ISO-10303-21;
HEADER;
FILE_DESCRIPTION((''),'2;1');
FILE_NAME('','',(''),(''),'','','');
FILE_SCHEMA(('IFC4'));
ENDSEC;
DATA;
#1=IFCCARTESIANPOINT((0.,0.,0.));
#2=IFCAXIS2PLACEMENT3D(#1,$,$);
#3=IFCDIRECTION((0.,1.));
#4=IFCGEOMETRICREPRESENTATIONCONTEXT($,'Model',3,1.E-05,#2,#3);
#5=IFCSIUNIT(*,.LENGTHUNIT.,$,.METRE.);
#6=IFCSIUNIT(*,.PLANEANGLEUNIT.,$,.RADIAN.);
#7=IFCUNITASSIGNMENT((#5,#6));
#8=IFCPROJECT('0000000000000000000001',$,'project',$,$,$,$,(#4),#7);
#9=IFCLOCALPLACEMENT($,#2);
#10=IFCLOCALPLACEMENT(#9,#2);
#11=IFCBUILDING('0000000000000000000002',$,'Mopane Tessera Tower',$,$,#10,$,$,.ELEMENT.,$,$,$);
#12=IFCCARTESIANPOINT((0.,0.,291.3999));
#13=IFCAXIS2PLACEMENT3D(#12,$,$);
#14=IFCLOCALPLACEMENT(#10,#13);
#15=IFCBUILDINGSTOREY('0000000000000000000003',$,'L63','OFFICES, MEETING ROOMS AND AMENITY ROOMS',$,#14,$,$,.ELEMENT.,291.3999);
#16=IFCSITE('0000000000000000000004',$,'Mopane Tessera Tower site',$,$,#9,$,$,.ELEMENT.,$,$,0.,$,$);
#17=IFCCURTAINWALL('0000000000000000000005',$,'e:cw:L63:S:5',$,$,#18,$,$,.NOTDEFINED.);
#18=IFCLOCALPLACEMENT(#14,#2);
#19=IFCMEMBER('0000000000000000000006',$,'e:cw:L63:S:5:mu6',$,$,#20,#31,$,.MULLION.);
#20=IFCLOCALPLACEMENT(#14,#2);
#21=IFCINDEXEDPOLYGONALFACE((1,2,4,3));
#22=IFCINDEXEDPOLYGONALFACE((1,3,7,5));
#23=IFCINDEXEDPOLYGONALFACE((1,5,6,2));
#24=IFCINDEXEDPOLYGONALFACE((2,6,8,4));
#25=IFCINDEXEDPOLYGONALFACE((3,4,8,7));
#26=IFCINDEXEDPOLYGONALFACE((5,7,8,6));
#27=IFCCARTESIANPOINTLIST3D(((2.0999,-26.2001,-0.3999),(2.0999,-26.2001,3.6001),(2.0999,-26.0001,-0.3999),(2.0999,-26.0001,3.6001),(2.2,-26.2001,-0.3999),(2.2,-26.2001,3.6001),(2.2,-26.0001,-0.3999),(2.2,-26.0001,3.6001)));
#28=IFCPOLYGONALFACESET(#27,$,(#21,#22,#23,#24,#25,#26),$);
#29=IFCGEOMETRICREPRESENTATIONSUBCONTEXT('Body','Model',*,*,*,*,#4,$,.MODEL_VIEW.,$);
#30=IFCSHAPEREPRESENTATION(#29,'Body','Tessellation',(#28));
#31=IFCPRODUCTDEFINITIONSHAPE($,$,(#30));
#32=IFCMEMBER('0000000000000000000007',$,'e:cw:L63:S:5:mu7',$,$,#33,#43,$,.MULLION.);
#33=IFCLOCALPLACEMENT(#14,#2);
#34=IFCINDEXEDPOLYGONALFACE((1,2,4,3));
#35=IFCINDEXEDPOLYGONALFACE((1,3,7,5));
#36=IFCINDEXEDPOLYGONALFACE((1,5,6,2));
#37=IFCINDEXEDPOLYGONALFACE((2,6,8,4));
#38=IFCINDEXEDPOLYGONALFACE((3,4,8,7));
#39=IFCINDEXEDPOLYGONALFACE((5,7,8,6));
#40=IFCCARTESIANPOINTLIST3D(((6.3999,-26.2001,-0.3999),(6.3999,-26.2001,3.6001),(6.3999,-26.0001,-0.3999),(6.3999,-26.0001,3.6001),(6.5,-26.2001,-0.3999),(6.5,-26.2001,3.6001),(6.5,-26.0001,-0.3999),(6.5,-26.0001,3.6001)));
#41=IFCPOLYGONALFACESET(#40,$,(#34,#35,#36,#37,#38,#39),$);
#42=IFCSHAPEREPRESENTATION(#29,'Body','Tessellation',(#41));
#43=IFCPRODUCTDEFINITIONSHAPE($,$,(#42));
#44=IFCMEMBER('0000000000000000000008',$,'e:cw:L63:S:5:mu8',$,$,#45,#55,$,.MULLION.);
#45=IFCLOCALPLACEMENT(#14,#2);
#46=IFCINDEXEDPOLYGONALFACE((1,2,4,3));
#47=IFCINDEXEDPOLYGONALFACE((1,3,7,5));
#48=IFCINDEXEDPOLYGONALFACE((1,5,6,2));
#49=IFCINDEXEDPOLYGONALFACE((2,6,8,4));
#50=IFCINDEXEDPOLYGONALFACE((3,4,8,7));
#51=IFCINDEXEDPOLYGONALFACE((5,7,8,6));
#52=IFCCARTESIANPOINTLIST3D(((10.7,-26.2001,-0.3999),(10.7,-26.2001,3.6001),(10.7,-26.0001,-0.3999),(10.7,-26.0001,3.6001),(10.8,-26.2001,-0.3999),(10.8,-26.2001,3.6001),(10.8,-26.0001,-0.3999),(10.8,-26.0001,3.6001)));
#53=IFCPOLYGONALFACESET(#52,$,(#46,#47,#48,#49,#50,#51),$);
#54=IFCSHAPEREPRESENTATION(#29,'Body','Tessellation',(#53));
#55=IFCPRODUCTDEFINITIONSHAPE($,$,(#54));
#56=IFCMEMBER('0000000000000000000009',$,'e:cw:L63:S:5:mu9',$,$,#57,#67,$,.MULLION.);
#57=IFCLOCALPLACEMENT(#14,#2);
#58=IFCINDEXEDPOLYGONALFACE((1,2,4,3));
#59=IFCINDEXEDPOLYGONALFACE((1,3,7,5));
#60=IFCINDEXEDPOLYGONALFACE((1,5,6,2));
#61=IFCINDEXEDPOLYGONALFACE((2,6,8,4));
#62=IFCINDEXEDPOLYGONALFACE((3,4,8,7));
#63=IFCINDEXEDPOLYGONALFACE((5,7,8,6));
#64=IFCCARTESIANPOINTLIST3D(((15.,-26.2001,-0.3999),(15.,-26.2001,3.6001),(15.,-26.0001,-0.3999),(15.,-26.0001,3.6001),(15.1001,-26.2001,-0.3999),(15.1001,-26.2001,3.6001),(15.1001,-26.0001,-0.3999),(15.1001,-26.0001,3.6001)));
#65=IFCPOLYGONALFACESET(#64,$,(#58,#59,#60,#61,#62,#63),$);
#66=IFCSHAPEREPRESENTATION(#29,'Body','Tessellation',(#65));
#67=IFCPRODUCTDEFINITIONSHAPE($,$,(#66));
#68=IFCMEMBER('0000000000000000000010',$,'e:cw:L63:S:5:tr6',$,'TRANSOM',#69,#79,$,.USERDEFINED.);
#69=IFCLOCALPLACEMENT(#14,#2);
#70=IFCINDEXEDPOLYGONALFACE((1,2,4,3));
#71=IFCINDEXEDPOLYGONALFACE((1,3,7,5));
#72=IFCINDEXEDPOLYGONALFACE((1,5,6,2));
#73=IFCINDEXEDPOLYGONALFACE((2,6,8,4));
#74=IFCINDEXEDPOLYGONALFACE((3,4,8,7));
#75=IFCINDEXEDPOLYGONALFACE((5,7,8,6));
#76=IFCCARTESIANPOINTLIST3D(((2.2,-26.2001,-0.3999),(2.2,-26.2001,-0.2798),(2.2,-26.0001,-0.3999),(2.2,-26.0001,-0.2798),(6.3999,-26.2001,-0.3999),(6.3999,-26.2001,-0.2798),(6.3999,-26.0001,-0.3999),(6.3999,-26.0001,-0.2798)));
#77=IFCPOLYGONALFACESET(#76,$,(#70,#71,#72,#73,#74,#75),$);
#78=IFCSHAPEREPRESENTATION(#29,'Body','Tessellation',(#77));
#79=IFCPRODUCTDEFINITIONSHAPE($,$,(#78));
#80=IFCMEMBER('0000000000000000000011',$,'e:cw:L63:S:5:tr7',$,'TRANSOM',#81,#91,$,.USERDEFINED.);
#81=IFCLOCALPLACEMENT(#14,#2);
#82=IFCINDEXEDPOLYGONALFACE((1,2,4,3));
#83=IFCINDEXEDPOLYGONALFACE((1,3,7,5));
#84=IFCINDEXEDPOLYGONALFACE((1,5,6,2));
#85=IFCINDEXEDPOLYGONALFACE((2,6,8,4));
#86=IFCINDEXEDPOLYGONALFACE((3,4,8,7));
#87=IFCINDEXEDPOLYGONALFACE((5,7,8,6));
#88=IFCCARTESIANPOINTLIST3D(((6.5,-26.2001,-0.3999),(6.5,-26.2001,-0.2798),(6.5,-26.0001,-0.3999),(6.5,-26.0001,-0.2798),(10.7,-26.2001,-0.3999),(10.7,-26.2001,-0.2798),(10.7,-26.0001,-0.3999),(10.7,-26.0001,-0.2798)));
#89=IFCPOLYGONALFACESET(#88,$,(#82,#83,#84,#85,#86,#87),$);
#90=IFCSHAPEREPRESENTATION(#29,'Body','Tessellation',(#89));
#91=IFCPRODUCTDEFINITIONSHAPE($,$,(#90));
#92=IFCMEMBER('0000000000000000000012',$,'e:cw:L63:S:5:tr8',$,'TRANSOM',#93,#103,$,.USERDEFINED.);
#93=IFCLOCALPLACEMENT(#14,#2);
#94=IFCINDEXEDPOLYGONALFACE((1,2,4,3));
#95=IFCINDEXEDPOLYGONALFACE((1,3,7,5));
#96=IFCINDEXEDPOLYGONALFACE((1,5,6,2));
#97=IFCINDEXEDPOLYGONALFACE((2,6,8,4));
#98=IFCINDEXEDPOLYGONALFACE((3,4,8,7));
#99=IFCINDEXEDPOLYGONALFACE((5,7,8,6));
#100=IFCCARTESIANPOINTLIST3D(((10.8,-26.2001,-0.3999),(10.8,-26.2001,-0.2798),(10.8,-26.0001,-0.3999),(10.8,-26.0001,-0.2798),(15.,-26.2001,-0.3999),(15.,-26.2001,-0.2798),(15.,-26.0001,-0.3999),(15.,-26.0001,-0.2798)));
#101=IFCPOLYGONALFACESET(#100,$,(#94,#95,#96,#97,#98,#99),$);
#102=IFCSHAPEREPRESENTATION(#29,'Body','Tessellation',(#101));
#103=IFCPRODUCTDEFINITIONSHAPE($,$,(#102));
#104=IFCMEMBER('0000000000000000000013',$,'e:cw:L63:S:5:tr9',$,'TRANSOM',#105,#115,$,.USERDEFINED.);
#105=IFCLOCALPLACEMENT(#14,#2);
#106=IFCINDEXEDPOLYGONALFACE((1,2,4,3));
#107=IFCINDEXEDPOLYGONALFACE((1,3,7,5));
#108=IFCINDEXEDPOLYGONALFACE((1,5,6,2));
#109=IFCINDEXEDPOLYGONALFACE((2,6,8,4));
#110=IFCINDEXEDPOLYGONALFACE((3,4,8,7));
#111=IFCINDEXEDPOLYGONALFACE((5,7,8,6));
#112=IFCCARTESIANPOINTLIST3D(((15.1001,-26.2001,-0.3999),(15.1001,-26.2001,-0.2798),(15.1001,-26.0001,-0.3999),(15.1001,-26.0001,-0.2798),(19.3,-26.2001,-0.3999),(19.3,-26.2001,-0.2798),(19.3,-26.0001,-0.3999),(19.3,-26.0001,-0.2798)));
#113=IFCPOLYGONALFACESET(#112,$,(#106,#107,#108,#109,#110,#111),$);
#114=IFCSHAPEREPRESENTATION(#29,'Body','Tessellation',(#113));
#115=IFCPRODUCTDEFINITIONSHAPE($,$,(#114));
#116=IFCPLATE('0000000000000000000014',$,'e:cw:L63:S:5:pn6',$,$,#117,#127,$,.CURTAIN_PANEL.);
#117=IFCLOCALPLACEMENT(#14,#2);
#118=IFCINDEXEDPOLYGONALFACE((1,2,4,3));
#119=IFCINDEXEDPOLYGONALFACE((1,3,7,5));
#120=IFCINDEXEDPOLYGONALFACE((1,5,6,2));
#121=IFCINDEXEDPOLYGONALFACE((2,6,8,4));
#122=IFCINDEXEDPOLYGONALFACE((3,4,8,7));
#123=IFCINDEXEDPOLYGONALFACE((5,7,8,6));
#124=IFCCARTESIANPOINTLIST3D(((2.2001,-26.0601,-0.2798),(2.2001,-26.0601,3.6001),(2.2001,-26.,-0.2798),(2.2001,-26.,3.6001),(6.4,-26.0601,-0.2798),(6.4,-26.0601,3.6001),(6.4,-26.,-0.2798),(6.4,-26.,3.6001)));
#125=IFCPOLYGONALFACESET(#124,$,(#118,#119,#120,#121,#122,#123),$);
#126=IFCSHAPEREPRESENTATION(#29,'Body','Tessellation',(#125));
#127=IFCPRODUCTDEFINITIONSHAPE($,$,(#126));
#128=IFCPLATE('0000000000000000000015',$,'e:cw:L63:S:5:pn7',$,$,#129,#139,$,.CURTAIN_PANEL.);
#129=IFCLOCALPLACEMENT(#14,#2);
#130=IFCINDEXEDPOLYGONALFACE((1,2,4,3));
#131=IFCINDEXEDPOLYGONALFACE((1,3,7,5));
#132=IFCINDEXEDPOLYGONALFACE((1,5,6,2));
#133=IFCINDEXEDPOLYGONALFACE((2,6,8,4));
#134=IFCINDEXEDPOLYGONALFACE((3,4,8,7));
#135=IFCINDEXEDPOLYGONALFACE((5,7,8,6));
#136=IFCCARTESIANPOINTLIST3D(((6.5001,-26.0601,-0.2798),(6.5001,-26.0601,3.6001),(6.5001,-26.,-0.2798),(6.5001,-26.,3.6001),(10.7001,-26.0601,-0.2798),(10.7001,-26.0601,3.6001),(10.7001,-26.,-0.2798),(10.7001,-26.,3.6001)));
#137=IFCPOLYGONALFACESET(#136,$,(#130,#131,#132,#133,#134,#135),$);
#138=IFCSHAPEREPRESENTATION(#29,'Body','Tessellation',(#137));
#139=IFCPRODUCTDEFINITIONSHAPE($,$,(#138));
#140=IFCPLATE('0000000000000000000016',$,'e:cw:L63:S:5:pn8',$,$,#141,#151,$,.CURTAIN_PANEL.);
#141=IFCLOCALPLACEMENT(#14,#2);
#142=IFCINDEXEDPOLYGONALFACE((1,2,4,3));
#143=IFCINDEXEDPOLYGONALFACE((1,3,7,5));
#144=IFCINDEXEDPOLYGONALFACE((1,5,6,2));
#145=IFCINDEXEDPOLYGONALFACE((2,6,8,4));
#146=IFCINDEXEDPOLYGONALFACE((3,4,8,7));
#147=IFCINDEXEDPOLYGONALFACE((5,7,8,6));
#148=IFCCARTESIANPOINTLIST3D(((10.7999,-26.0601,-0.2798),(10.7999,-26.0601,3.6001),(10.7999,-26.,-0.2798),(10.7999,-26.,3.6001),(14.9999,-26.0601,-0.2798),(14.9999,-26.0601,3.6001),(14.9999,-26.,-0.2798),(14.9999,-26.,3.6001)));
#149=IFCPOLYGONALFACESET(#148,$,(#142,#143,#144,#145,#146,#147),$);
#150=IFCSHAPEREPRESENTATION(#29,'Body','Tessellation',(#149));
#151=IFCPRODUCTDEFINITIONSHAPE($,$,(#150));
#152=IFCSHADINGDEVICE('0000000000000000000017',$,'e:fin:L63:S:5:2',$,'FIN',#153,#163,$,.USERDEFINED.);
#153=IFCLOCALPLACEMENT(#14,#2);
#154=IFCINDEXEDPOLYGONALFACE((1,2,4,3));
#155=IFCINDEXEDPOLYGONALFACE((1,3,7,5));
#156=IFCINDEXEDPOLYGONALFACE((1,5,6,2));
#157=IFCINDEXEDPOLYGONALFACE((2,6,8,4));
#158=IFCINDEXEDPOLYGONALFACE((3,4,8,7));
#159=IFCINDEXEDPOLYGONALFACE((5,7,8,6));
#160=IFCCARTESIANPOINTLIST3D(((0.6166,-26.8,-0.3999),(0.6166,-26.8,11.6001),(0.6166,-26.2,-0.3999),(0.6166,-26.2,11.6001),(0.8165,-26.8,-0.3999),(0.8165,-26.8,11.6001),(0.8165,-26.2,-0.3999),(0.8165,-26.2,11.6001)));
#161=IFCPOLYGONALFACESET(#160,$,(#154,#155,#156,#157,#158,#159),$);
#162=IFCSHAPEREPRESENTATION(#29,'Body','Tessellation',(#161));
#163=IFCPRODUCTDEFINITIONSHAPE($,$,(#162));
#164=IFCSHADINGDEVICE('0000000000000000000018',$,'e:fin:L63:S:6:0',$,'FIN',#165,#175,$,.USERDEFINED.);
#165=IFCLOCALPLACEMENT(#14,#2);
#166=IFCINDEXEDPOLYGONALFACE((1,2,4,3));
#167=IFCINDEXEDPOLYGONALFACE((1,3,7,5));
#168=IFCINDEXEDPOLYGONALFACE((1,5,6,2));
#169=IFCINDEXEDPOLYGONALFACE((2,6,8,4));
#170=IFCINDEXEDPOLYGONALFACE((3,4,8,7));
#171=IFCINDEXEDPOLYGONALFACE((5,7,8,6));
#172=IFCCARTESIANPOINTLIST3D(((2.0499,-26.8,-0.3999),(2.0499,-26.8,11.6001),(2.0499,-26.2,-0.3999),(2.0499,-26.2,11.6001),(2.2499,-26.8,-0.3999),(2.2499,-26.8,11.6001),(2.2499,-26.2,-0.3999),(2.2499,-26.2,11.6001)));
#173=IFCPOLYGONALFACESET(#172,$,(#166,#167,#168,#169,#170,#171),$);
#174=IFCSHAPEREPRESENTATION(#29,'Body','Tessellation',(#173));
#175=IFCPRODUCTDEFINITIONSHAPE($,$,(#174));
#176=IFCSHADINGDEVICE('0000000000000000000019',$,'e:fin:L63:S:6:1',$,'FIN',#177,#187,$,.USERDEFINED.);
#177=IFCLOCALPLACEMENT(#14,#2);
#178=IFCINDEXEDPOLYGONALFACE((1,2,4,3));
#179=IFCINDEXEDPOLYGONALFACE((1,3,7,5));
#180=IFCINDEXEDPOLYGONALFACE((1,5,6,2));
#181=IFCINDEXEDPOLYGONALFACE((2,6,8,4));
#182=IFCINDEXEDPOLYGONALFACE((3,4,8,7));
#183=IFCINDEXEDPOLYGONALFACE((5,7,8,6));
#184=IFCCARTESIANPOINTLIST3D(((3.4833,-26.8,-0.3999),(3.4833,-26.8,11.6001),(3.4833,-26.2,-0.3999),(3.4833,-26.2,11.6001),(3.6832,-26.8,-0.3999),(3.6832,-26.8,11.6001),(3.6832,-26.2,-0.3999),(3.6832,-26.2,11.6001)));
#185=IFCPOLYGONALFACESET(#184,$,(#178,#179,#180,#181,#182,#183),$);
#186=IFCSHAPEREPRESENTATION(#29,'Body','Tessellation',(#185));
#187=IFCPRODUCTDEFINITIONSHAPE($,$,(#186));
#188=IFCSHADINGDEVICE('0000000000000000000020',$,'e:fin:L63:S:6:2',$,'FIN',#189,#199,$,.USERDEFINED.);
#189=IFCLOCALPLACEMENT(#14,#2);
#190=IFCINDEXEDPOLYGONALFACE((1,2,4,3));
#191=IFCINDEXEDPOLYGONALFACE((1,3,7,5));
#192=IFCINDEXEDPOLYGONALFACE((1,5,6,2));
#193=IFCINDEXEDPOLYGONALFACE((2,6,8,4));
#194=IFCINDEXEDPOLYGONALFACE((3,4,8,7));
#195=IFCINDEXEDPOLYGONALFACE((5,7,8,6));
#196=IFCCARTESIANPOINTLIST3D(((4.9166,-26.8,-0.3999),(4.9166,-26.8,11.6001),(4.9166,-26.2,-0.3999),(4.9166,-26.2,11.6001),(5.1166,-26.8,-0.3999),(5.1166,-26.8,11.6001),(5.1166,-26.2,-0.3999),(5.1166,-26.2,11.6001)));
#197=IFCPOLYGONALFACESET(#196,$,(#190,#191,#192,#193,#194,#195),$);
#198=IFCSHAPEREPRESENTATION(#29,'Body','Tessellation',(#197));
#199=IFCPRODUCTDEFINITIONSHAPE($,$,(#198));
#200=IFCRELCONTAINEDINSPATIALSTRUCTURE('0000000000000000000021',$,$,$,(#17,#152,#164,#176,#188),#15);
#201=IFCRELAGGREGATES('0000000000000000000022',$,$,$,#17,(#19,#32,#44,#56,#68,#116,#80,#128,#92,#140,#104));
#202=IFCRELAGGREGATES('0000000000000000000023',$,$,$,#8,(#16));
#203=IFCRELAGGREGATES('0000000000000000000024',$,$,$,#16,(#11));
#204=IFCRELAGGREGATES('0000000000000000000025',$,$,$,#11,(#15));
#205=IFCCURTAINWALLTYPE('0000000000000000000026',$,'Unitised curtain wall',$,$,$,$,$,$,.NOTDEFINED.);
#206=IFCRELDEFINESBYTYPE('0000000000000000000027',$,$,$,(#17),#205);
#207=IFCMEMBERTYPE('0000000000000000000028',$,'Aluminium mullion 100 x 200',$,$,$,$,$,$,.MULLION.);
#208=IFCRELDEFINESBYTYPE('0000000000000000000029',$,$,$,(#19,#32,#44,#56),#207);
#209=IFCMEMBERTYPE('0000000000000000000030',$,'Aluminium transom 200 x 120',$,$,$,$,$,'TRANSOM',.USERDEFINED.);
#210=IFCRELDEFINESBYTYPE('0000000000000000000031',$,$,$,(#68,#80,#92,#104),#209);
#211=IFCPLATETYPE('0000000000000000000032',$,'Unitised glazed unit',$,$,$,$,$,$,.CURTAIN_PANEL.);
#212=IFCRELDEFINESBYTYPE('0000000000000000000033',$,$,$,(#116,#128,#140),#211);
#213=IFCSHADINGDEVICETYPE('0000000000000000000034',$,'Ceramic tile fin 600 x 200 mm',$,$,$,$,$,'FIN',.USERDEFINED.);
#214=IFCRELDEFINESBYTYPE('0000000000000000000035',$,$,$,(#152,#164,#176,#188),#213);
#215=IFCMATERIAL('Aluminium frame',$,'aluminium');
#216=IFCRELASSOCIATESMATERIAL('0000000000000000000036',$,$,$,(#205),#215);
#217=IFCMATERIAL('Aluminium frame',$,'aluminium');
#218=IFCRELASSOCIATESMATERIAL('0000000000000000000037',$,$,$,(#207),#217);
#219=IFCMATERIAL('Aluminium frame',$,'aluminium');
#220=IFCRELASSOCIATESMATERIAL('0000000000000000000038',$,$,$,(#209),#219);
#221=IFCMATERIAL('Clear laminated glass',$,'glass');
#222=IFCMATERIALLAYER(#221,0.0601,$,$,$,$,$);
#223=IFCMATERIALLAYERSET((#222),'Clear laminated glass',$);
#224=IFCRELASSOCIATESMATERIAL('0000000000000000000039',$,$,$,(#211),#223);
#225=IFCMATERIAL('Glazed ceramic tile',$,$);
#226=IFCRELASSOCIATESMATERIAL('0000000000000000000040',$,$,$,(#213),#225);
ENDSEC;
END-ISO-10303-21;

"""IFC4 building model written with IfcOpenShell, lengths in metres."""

from ifc_helpers import new_model, si_unit, direction, frame, origin, origin_2d, place, context, subcontext, project, spatial, rectangle, extrude, material, layer, layer_set, material_profile, profile_set, type_object, element, aggregate, save


model = new_model("IFC4")

# Units and contexts
model_context = context("Model", 3, precision=1e-05, world=origin(), true_north=direction((0.0, 1.0)))
body_context = subcontext(model_context, "Body", "Model", "MODEL_VIEW")
ifc_project = project(units=[si_unit("LENGTHUNIT", "METRE"), si_unit("PLANEANGLEUNIT", "RADIAN")], contexts=[model_context])

# Site, building, storey
site_placement = place(None, origin())
site = spatial("IfcSite", under=ifc_project, at=site_placement, Name="Mopane Tessera Tower site", CompositionType="ELEMENT", RefElevation=0.0)
building_placement = place(site_placement, origin())
building = spatial("IfcBuilding", under=site, at=building_placement, Name="Mopane Tessera Tower", CompositionType="ELEMENT")
storey_placement = place(building_placement, frame((0.0, 0.0, 291.3999)))
storey = spatial("IfcBuildingStorey", under=building, at=storey_placement, Name="L63", Description="OFFICES, MEETING ROOMS AND AMENITY ROOMS", CompositionType="ELEMENT", Elevation=291.3999)

# Curtain wall, members, plates
ifc_material_1 = material(Name="Aluminium frame", Category="aluminium")
curtain_wall_type = type_object("IfcCurtainWallType", Name="Unitised curtain wall", PredefinedType="NOTDEFINED", material=ifc_material_1)
curtain_wall_placement = place(storey_placement, origin())
curtain_wall = element("IfcCurtainWall", 1, at=curtain_wall_placement, inside=storey, type_object=curtain_wall_type, Name="e:cw:L63:S:5", PredefinedType="NOTDEFINED")
ifc_material_2 = material(Name="Aluminium frame", Category="aluminium")
ifc_material_profile_1 = material_profile(ifc_material_2, rectangle(XDim=0.1001, YDim=0.2, at=origin_2d()))
ifc_profile_set_1 = profile_set([ifc_material_profile_1], Name="Aluminium frame")
member_type_1 = type_object("IfcMemberType", Name="Aluminium mullion 100 x 200", PredefinedType="MULLION", material=ifc_profile_set_1)
member_1_placement = place(storey_placement, frame((2.1499, -26.1001, -0.3999), z_axis=(0.0, 0.0, 1.0), x_axis=(1.0, 0.0, 0.0)))
member_1 = element("IfcMember", 2, at=member_1_placement, type_object=member_type_1, Name="e:cw:L63:S:5:mu6", PredefinedType="MULLION", context=body_context, shape_type="SweptSolid", body=[
    extrude(rectangle(XDim=0.1001, YDim=0.2, at=origin_2d()), origin(), (0.0, 0.0, 1.0), 4.0),
])
member_2_placement = place(storey_placement, frame((6.45, -26.1001, -0.3999), z_axis=(0.0, 0.0, 1.0), x_axis=(1.0, 0.0, 0.0)))
member_2 = element("IfcMember", 3, at=member_2_placement, type_object=member_type_1, Name="e:cw:L63:S:5:mu7", PredefinedType="MULLION", context=body_context, shape_type="SweptSolid", body=[
    extrude(rectangle(XDim=0.1001, YDim=0.2, at=origin_2d()), origin(), (0.0, 0.0, 1.0), 4.0),
])
member_3_placement = place(storey_placement, frame((10.75, -26.1001, -0.3999), z_axis=(0.0, 0.0, 1.0), x_axis=(1.0, 0.0, 0.0)))
member_3 = element("IfcMember", 4, at=member_3_placement, type_object=member_type_1, Name="e:cw:L63:S:5:mu8", PredefinedType="MULLION", context=body_context, shape_type="SweptSolid", body=[
    extrude(rectangle(XDim=0.1001, YDim=0.2, at=origin_2d()), origin(), (0.0, 0.0, 1.0), 4.0),
])
member_4_placement = place(storey_placement, frame((15.05, -26.1001, -0.3999), z_axis=(0.0, 0.0, 1.0), x_axis=(1.0, 0.0, 0.0)))
member_4 = element("IfcMember", 5, at=member_4_placement, type_object=member_type_1, Name="e:cw:L63:S:5:mu9", PredefinedType="MULLION", context=body_context, shape_type="SweptSolid", body=[
    extrude(rectangle(XDim=0.1001, YDim=0.2, at=origin_2d()), origin(), (0.0, 0.0, 1.0), 4.0),
])
ifc_material_3 = material(Name="Aluminium frame", Category="aluminium")
ifc_material_profile_2 = material_profile(ifc_material_3, rectangle(XDim=0.2, YDim=0.1201, at=origin_2d()))
ifc_profile_set_2 = profile_set([ifc_material_profile_2], Name="Aluminium frame")
member_type_2 = type_object("IfcMemberType", Name="Aluminium transom 200 x 120", ElementType="TRANSOM", PredefinedType="USERDEFINED", material=ifc_profile_set_2)
member_5_placement = place(storey_placement, frame((2.2, -26.1001, -0.3398), z_axis=(1.0, 0.0, 0.0), x_axis=(0.0, 1.0, 0.0)))
member_5 = element("IfcMember", 6, at=member_5_placement, type_object=member_type_2, Name="e:cw:L63:S:5:tr6", ObjectType="TRANSOM", PredefinedType="USERDEFINED", context=body_context, shape_type="SweptSolid", body=[
    extrude(rectangle(XDim=0.2, YDim=0.1201, at=origin_2d()), origin(), (0.0, 0.0, 1.0), 4.2),
])
member_6_placement = place(storey_placement, frame((6.5, -26.1001, -0.3398), z_axis=(1.0, 0.0, 0.0), x_axis=(0.0, 1.0, 0.0)))
member_6 = element("IfcMember", 7, at=member_6_placement, type_object=member_type_2, Name="e:cw:L63:S:5:tr7", ObjectType="TRANSOM", PredefinedType="USERDEFINED", context=body_context, shape_type="SweptSolid", body=[
    extrude(rectangle(XDim=0.2, YDim=0.1201, at=origin_2d()), origin(), (0.0, 0.0, 1.0), 4.2),
])
member_7_placement = place(storey_placement, frame((10.8, -26.1001, -0.3398), z_axis=(1.0, 0.0, 0.0), x_axis=(0.0, 1.0, 0.0)))
member_7 = element("IfcMember", 8, at=member_7_placement, type_object=member_type_2, Name="e:cw:L63:S:5:tr8", ObjectType="TRANSOM", PredefinedType="USERDEFINED", context=body_context, shape_type="SweptSolid", body=[
    extrude(rectangle(XDim=0.2, YDim=0.1201, at=origin_2d()), origin(), (0.0, 0.0, 1.0), 4.2),
])
member_8_placement = place(storey_placement, frame((15.1001, -26.1001, -0.3398), z_axis=(1.0, 0.0, 0.0), x_axis=(0.0, 1.0, 0.0)))
member_8 = element("IfcMember", 9, at=member_8_placement, type_object=member_type_2, Name="e:cw:L63:S:5:tr9", ObjectType="TRANSOM", PredefinedType="USERDEFINED", context=body_context, shape_type="SweptSolid", body=[
    extrude(rectangle(XDim=0.2, YDim=0.1201, at=origin_2d()), origin(), (0.0, 0.0, 1.0), 4.2),
])
ifc_material_4 = material(Name="Clear laminated glass", Category="glass")
ifc_layer = layer(ifc_material_4, 0.0601)
ifc_layer_set = layer_set([ifc_layer], Name="Clear laminated glass")
plate_type = type_object("IfcPlateType", Name="Unitised glazed unit", PredefinedType="CURTAIN_PANEL", material=ifc_layer_set)
plate_1_placement = place(storey_placement, frame((4.3, -26.03, -0.2798), z_axis=(0.0, 0.0, 1.0), x_axis=(1.0, 0.0, 0.0)))
plate_1 = element("IfcPlate", 10, at=plate_1_placement, type_object=plate_type, Name="e:cw:L63:S:5:pn6", PredefinedType="CURTAIN_PANEL", context=body_context, shape_type="SweptSolid", body=[
    extrude(rectangle(XDim=4.2, YDim=0.0601, at=origin_2d()), origin(), (0.0, 0.0, 1.0), 3.8799),
])
plate_2_placement = place(storey_placement, frame((8.6001, -26.03, -0.2798), z_axis=(0.0, 0.0, 1.0), x_axis=(1.0, 0.0, 0.0)))
plate_2 = element("IfcPlate", 11, at=plate_2_placement, type_object=plate_type, Name="e:cw:L63:S:5:pn7", PredefinedType="CURTAIN_PANEL", context=body_context, shape_type="SweptSolid", body=[
    extrude(rectangle(XDim=4.2, YDim=0.0601, at=origin_2d()), origin(), (0.0, 0.0, 1.0), 3.8799),
])
plate_3_placement = place(storey_placement, frame((12.8999, -26.03, -0.2798), z_axis=(0.0, 0.0, 1.0), x_axis=(1.0, 0.0, 0.0)))
plate_3 = element("IfcPlate", 12, at=plate_3_placement, type_object=plate_type, Name="e:cw:L63:S:5:pn8", PredefinedType="CURTAIN_PANEL", context=body_context, shape_type="SweptSolid", body=[
    extrude(rectangle(XDim=4.2, YDim=0.0601, at=origin_2d()), origin(), (0.0, 0.0, 1.0), 3.8799),
])
aggregate(curtain_wall, [member_1, member_2, member_3, member_4, member_5, plate_1, member_6, plate_2, member_7, plate_3, member_8])

# Shading devices
ifc_material_5 = material(Name="Glazed ceramic tile")
shading_device_type = type_object("IfcShadingDeviceType", Name="Ceramic tile fin 600 x 200 mm", ElementType="FIN", PredefinedType="USERDEFINED", material=ifc_material_5)
for number, where, z_axis, x_axis, name in (
    (13, (0.7166, -26.5, -0.3999), (0.0, 0.0, 1.0), (1.0, 0.0, 0.0), "e:fin:L63:S:5:2"),
    (14, (2.1499, -26.5, -0.3999), (0.0, 0.0, 1.0), (1.0, 0.0, 0.0), "e:fin:L63:S:6:0"),
    (15, (3.5833, -26.5, -0.3999), (0.0, 0.0, 1.0), (1.0, 0.0, 0.0), "e:fin:L63:S:6:1"),
    (16, (5.0166, -26.5, -0.3999), (0.0, 0.0, 1.0), (1.0, 0.0, 0.0), "e:fin:L63:S:6:2"),
):
    element("IfcShadingDevice", number, at=place(storey_placement, frame(where, z_axis=z_axis, x_axis=x_axis)), inside=storey, type_object=shading_device_type, Name=name, ObjectType="FIN", PredefinedType="USERDEFINED", context=body_context, shape_type="SweptSolid", body=[
        extrude(rectangle(XDim=0.2, YDim=0.6001, at=origin_2d()), origin(), (0.0, 0.0, 1.0), 12.0),
    ])

save(model, "model.ifc")
